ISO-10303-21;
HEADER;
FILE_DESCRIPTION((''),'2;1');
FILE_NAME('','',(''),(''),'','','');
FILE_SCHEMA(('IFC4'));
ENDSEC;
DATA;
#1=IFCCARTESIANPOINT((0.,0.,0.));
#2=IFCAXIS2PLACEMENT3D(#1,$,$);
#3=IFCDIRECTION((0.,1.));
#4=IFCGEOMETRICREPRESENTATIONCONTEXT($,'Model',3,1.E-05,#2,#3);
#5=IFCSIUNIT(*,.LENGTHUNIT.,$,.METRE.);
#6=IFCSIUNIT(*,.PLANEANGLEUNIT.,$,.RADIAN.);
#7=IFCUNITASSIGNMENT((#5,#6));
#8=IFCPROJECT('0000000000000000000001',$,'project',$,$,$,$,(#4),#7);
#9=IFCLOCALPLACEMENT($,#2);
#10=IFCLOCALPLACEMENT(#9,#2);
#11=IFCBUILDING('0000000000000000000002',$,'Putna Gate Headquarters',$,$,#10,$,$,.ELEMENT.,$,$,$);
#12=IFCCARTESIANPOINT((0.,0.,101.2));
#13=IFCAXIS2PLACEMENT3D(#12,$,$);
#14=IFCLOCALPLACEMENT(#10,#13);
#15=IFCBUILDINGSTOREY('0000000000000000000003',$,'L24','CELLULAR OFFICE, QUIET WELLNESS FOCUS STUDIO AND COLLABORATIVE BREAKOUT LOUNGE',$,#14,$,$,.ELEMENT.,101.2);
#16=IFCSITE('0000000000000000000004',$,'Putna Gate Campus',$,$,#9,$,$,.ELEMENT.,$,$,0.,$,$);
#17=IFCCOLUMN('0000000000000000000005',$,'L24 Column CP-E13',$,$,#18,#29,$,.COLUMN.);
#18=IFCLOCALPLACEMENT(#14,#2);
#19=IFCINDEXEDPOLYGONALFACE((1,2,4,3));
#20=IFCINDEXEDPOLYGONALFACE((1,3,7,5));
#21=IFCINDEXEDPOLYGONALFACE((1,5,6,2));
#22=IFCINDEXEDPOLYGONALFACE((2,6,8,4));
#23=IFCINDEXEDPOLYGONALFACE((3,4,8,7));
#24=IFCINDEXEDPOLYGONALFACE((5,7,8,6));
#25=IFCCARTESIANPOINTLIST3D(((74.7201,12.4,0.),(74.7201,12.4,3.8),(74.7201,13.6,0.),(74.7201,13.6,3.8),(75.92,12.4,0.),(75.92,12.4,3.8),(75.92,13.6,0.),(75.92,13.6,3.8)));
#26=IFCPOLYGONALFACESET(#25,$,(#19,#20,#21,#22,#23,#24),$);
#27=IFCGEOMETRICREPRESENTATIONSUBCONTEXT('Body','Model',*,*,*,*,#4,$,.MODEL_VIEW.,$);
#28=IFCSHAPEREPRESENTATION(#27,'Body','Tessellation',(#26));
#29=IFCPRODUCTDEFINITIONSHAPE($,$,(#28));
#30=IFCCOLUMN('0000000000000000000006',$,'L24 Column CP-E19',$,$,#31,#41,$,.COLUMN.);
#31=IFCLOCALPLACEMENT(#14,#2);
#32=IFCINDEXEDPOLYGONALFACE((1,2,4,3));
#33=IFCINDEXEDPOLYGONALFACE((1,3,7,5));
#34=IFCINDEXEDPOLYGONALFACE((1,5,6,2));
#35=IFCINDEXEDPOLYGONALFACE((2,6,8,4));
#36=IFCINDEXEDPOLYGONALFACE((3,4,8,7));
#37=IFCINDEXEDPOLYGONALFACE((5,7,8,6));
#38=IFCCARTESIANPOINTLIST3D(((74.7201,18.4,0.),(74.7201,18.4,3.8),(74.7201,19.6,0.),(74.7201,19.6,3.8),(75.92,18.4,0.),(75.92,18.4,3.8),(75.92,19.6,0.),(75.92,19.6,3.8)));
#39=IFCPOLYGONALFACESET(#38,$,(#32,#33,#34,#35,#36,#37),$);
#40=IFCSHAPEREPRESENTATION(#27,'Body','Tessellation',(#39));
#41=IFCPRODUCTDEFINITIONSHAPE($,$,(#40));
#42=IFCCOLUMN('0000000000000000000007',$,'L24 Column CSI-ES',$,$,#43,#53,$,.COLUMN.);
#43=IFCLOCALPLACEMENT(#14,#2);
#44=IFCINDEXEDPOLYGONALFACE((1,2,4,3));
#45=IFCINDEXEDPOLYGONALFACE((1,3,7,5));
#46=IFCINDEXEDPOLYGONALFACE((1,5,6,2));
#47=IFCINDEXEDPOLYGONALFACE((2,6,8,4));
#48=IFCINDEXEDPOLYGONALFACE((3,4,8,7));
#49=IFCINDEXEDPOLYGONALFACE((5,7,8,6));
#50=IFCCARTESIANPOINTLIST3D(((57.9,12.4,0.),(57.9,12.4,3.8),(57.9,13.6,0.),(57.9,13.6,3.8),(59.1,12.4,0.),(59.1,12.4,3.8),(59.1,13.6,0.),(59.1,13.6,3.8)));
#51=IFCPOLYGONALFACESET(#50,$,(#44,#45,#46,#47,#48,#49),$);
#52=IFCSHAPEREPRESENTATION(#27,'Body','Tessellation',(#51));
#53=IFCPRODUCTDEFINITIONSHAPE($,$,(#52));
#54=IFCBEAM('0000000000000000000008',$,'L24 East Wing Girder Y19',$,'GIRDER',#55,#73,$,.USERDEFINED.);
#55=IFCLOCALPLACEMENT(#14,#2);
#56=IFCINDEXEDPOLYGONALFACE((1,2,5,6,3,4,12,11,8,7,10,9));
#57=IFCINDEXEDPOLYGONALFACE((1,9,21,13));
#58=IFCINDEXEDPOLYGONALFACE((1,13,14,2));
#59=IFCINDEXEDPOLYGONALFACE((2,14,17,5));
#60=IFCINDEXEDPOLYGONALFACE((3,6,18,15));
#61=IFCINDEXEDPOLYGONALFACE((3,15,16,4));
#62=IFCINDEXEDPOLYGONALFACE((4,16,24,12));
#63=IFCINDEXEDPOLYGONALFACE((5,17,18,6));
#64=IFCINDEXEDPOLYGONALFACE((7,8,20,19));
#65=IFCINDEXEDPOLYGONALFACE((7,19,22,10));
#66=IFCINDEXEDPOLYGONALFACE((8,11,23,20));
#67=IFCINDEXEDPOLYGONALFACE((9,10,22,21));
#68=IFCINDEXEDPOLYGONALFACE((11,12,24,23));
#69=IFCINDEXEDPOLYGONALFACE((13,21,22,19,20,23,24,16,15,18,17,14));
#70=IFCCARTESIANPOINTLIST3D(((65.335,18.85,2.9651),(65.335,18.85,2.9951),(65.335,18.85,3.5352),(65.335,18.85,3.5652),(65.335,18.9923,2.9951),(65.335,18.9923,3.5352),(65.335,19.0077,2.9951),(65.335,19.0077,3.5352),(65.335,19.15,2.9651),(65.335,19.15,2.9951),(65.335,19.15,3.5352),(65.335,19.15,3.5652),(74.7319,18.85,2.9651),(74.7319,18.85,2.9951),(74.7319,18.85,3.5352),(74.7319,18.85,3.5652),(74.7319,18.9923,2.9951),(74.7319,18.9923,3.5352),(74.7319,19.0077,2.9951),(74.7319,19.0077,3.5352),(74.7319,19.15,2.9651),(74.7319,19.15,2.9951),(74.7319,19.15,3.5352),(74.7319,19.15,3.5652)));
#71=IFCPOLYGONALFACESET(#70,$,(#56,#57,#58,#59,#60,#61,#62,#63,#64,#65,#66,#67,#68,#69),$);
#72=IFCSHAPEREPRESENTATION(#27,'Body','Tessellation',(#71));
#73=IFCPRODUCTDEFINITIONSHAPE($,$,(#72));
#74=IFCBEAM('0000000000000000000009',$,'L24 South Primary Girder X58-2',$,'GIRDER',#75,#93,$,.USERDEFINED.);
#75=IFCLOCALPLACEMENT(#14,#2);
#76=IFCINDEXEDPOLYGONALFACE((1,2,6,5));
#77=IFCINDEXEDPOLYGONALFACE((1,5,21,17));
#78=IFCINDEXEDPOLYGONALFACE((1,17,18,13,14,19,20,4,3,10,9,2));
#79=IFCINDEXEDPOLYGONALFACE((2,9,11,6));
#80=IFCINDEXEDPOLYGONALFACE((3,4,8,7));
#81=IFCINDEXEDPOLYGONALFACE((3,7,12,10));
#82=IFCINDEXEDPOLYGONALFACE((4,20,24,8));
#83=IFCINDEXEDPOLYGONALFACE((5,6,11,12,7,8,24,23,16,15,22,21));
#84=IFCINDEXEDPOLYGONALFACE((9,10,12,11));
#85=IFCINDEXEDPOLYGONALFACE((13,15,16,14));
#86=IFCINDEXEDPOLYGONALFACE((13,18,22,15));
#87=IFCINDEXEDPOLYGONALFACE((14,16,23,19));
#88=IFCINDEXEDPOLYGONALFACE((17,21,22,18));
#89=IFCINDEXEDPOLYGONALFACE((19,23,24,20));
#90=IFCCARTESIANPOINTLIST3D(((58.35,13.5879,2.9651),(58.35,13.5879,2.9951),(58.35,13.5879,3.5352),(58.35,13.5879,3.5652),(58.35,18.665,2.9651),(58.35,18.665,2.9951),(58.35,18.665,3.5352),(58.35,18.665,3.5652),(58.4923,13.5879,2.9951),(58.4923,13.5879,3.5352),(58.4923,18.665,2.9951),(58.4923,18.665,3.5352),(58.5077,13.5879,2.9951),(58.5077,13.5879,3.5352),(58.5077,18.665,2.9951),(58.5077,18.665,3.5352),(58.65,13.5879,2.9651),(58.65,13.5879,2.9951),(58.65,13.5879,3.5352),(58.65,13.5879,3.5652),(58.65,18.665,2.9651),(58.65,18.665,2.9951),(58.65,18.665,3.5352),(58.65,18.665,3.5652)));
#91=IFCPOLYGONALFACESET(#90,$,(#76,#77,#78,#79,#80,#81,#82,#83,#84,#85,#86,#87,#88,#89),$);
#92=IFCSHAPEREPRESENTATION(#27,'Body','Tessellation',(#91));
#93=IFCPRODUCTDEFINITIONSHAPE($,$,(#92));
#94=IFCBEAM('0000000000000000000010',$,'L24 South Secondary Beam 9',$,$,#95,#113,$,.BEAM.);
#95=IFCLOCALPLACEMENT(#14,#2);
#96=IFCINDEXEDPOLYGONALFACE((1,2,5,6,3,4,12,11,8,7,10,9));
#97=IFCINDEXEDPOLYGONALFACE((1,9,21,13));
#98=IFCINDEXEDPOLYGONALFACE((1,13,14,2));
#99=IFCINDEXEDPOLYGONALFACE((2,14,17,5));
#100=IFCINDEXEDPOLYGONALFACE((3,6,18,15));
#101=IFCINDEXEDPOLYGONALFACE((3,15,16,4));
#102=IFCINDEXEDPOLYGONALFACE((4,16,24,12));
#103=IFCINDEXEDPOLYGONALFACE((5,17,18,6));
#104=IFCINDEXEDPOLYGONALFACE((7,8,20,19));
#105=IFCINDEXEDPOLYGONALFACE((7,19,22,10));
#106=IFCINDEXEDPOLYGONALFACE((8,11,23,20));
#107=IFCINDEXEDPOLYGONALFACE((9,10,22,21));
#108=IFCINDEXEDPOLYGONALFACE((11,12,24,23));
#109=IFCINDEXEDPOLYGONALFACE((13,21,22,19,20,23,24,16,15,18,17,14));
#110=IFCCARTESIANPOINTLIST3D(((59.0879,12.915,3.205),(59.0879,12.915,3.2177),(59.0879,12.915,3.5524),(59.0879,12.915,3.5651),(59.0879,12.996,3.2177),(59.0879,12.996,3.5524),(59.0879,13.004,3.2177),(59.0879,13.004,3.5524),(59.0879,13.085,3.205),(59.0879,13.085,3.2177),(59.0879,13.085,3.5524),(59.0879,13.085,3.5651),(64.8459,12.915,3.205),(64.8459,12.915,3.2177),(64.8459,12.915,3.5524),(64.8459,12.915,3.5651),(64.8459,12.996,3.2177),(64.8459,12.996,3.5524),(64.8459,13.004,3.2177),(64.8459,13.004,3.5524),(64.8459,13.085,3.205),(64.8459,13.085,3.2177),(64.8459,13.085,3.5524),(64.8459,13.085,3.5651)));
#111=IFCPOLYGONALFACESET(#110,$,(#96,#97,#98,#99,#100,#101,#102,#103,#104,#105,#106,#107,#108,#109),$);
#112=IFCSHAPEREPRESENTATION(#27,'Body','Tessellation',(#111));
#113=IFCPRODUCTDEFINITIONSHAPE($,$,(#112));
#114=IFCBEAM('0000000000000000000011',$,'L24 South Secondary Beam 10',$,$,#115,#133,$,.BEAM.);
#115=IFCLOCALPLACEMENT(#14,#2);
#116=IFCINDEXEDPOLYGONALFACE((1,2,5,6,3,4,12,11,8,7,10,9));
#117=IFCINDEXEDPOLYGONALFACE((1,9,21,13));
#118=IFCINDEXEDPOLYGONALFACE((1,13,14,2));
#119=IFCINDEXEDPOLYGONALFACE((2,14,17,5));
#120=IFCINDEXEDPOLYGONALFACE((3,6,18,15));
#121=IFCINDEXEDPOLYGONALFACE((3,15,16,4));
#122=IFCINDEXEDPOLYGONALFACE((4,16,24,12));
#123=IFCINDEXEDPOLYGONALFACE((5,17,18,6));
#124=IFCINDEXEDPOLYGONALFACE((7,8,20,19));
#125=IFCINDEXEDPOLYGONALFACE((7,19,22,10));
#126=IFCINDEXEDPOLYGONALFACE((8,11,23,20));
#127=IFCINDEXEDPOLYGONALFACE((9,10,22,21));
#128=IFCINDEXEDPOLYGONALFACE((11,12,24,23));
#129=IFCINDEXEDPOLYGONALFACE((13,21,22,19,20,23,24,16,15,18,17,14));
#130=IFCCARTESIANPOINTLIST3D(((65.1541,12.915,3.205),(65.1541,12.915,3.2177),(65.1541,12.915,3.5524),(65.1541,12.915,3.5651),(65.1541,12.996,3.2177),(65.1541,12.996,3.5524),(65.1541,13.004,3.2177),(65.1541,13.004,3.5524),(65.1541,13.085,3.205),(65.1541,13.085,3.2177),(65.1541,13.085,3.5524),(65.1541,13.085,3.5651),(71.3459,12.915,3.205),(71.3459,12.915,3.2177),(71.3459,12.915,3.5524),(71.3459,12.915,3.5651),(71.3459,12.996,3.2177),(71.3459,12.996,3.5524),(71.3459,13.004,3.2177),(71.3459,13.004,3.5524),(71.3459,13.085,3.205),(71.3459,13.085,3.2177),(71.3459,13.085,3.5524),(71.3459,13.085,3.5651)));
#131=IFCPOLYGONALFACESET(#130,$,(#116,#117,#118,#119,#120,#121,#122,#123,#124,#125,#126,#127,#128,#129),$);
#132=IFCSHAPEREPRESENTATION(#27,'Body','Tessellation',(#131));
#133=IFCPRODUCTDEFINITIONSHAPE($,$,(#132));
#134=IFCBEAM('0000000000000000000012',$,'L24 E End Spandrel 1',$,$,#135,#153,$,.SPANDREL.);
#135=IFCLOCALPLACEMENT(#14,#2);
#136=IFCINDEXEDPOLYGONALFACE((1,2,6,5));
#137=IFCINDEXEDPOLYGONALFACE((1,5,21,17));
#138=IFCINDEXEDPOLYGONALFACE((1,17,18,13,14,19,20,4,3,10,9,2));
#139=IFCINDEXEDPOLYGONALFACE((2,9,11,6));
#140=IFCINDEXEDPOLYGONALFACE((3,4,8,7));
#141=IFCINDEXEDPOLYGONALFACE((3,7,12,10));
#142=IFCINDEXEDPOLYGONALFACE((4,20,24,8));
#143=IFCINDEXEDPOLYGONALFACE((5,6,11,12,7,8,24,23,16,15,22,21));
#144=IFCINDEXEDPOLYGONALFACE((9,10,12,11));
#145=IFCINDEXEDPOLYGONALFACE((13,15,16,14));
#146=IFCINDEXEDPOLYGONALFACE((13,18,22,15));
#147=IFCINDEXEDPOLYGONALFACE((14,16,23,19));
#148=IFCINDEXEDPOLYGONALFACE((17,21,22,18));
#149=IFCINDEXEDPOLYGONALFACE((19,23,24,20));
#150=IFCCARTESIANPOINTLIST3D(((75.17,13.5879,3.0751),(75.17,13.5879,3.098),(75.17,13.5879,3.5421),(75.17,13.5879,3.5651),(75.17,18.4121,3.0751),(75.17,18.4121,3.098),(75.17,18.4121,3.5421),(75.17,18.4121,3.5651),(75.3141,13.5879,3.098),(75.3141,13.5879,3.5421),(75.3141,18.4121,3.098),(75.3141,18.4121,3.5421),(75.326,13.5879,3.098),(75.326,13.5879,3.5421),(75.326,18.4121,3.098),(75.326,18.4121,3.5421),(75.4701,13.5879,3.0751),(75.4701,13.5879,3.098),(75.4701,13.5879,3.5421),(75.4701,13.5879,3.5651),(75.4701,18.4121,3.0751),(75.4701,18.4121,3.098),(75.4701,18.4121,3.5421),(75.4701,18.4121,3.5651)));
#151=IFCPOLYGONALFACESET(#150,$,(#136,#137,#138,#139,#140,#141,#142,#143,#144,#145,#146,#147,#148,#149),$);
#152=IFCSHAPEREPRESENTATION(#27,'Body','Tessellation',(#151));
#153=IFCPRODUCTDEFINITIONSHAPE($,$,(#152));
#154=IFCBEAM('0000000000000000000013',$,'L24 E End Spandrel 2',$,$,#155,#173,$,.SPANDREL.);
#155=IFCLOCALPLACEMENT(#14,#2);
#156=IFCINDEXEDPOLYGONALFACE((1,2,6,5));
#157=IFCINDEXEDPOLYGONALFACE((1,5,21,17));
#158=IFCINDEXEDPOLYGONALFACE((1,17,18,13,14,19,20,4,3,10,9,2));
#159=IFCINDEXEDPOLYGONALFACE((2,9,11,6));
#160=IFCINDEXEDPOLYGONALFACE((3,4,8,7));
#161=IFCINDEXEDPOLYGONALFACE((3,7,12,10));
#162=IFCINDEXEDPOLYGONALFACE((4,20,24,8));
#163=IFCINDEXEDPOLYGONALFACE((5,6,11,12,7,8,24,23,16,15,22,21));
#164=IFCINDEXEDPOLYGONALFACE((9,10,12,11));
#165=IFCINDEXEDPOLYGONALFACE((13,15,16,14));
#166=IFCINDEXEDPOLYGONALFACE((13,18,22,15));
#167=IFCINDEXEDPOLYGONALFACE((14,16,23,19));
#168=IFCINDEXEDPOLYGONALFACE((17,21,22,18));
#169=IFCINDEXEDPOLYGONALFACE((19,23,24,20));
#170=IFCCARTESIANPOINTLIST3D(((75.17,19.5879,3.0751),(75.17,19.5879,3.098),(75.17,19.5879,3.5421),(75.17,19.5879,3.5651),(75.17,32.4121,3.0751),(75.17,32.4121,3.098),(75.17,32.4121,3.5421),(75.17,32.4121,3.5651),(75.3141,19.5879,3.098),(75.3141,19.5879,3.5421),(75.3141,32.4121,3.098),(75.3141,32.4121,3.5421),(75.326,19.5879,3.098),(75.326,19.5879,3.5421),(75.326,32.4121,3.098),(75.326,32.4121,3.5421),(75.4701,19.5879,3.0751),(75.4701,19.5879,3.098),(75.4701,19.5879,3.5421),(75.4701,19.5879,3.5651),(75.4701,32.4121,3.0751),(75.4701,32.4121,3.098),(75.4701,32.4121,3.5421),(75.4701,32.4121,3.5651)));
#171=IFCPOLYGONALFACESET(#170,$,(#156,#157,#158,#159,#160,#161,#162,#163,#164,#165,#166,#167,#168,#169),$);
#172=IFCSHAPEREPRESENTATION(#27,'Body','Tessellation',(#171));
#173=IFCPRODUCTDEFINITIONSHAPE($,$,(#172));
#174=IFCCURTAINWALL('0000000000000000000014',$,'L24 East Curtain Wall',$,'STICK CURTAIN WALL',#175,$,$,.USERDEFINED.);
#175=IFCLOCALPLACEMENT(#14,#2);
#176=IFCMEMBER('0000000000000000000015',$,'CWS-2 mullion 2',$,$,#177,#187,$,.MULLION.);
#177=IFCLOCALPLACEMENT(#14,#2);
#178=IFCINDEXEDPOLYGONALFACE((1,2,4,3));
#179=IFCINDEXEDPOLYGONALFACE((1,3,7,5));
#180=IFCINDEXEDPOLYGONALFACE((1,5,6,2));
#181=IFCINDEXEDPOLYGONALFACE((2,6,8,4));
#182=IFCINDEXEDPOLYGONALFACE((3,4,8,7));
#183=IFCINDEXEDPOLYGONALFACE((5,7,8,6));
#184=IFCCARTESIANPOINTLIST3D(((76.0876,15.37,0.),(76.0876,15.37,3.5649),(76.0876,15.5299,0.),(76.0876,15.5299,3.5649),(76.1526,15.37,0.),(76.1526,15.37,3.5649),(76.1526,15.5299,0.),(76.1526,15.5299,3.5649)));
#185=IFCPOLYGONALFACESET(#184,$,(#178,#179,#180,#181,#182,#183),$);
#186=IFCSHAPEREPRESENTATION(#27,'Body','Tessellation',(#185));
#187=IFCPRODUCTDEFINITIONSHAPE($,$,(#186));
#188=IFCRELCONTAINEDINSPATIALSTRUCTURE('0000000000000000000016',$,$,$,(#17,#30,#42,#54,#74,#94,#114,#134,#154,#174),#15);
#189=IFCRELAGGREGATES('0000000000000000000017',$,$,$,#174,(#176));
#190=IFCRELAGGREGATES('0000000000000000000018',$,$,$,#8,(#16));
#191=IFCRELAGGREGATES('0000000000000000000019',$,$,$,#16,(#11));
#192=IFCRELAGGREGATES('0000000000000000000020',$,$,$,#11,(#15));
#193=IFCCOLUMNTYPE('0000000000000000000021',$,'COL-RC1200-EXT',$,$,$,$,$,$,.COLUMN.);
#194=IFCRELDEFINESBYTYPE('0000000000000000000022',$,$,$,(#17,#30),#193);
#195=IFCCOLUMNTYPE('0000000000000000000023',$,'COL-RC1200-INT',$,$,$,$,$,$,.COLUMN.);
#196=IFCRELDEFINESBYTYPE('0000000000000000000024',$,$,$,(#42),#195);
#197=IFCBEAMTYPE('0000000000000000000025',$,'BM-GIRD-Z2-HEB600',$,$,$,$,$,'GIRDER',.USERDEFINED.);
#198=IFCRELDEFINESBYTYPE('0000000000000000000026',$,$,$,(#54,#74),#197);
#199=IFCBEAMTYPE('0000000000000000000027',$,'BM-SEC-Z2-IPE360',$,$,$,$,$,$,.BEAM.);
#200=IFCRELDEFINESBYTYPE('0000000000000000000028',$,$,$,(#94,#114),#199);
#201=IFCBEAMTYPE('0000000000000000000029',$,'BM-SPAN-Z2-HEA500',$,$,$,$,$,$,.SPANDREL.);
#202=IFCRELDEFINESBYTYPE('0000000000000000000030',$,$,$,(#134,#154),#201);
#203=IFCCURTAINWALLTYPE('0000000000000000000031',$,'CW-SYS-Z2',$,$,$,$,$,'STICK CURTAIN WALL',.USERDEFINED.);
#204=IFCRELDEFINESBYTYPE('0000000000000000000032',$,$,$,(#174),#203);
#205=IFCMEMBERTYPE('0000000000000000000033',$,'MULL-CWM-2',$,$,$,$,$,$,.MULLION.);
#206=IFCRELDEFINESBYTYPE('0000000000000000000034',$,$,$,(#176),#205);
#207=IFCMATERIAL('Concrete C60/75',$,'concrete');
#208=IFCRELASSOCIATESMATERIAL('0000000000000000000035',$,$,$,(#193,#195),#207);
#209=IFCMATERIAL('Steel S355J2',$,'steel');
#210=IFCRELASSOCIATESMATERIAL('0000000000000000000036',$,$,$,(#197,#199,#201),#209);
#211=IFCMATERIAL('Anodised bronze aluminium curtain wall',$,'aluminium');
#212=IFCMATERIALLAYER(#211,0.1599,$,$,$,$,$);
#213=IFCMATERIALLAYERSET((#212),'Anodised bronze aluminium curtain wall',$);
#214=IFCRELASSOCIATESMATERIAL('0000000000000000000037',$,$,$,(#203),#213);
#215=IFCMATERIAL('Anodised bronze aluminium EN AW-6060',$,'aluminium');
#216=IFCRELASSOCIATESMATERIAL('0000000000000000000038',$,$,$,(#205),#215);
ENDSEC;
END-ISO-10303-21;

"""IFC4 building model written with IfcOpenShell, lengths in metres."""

from ifc_helpers import new_model, si_unit, direction, frame, origin, origin_2d, place, context, subcontext, project, spatial, rectangle, i_section, extrude, material, layer, layer_set, material_profile, profile_set, type_object, element, aggregate, save


model = new_model("IFC4")

# Units and contexts
model_context = context("Model", 3, precision=1e-05, world=origin(), true_north=direction((0.0, 1.0)))
body_context = subcontext(model_context, "Body", "Model", "MODEL_VIEW")
ifc_project = project(units=[si_unit("LENGTHUNIT", "METRE"), si_unit("PLANEANGLEUNIT", "RADIAN")], contexts=[model_context])

# Site, building, storey
site_placement = place(None, origin())
site = spatial("IfcSite", under=ifc_project, at=site_placement, Name="Putna Gate Campus", CompositionType="ELEMENT", RefElevation=0.0)
building_placement = place(site_placement, origin())
building = spatial("IfcBuilding", under=site, at=building_placement, Name="Putna Gate Headquarters", CompositionType="ELEMENT")
storey_placement = place(building_placement, frame((0.0, 0.0, 101.2)))
storey = spatial("IfcBuildingStorey", under=building, at=storey_placement, Name="L24", Description="CELLULAR OFFICE, QUIET WELLNESS FOCUS STUDIO AND COLLABORATIVE BREAKOUT LOUNGE", CompositionType="ELEMENT", Elevation=101.2)

# Columns
ifc_material_1 = material(Name="Concrete C60/75", Category="concrete")
ifc_material_profile_1 = material_profile(ifc_material_1, rectangle(XDim=1.2, YDim=1.2, at=origin_2d()), Name="Concrete C60/75")
ifc_profile_set_1 = profile_set([ifc_material_profile_1], Name="Concrete C60/75")
column_type_1 = type_object("IfcColumnType", Name="COL-RC1200-EXT", PredefinedType="COLUMN", material=ifc_profile_set_1)
for number, where, z_axis, x_axis, name in (
    (1, (75.3201, 13.0, 0.0), (0.0, 0.0, 1.0), (1.0, 0.0, 0.0), "L24 Column CP-E13"),
    (2, (75.3201, 19.0, 0.0), (0.0, 0.0, 1.0), (1.0, 0.0, 0.0), "L24 Column CP-E19"),
):
    element("IfcColumn", number, at=place(storey_placement, frame(where, z_axis=z_axis, x_axis=x_axis)), inside=storey, type_object=column_type_1, Name=name, PredefinedType="COLUMN", context=body_context, shape_type="SweptSolid", body=[
        extrude(rectangle(XDim=1.2, YDim=1.2, at=origin_2d()), origin(), (0.0, 0.0, 1.0), 3.8),
    ])
ifc_material_profile_2 = material_profile(ifc_material_1, rectangle(XDim=1.2, YDim=1.2, at=origin_2d()), Name="Concrete C60/75")
ifc_profile_set_2 = profile_set([ifc_material_profile_2], Name="Concrete C60/75")
column_type_2 = type_object("IfcColumnType", Name="COL-RC1200-INT", PredefinedType="COLUMN", material=ifc_profile_set_2)
column_placement = place(storey_placement, frame((58.5, 13.0, 0.0), z_axis=(0.0, 0.0, 1.0), x_axis=(1.0, 0.0, 0.0)))
element("IfcColumn", 3, at=column_placement, inside=storey, type_object=column_type_2, Name="L24 Column CSI-ES", PredefinedType="COLUMN", context=body_context, shape_type="SweptSolid", body=[
    extrude(rectangle(XDim=1.2, YDim=1.2, at=origin_2d()), origin(), (0.0, 0.0, 1.0), 3.8),
])

# Beams
ifc_material_2 = material(Name="Steel S355J2", Category="steel")
ifc_material_profile_3 = material_profile(ifc_material_2, i_section(OverallWidth=0.3, OverallDepth=0.6001, WebThickness=0.0154, FlangeThickness=0.03, at=origin_2d()), Name="Steel S355J2")
ifc_profile_set_3 = profile_set([ifc_material_profile_3], Name="Steel S355J2")
beam_type_1 = type_object("IfcBeamType", Name="BM-GIRD-Z2-HEB600", ElementType="GIRDER", PredefinedType="USERDEFINED", material=ifc_profile_set_3)
beam_1_placement = place(storey_placement, frame((65.335, 19.0, 3.2651), z_axis=(1.0, 0.0, 0.0), x_axis=(0.0, 1.0, 0.0)))
element("IfcBeam", 4, at=beam_1_placement, inside=storey, type_object=beam_type_1, Name="L24 East Wing Girder Y19", ObjectType="GIRDER", PredefinedType="USERDEFINED", context=body_context, shape_type="SweptSolid", body=[
    extrude(i_section(OverallWidth=0.3, OverallDepth=0.6001, WebThickness=0.0154, FlangeThickness=0.03, at=origin_2d()), origin(), (0.0, 0.0, 1.0), 9.397),
])
beam_2_placement = place(storey_placement, frame((58.5, 13.5879, 3.2651), z_axis=(0.0, 1.0, 0.0), x_axis=(-1.0, 0.0, 0.0)))
element("IfcBeam", 5, at=beam_2_placement, inside=storey, type_object=beam_type_1, Name="L24 South Primary Girder X58-2", ObjectType="GIRDER", PredefinedType="USERDEFINED", context=body_context, shape_type="SweptSolid", body=[
    extrude(i_section(OverallWidth=0.3, OverallDepth=0.6001, WebThickness=0.0154, FlangeThickness=0.03, at=origin_2d()), origin(), (0.0, 0.0, 1.0), 5.0771),
])
ifc_material_profile_4 = material_profile(ifc_material_2, i_section(OverallWidth=0.1699, OverallDepth=0.3601, WebThickness=0.0081, FlangeThickness=0.0127, at=origin_2d()), Name="Steel S355J2")
ifc_profile_set_4 = profile_set([ifc_material_profile_4], Name="Steel S355J2")
beam_type_2 = type_object("IfcBeamType", Name="BM-SEC-Z2-IPE360", PredefinedType="BEAM", material=ifc_profile_set_4)
beam_3_placement = place(storey_placement, frame((59.0879, 13.0, 3.385), z_axis=(1.0, 0.0, 0.0), x_axis=(0.0, 1.0, 0.0)))
element("IfcBeam", 6, at=beam_3_placement, inside=storey, type_object=beam_type_2, Name="L24 South Secondary Beam 9", PredefinedType="BEAM", context=body_context, shape_type="SweptSolid", body=[
    extrude(i_section(OverallWidth=0.1699, OverallDepth=0.3601, WebThickness=0.0081, FlangeThickness=0.0127, at=origin_2d()), origin(), (0.0, 0.0, 1.0), 5.7581),
])
beam_4_placement = place(storey_placement, frame((65.1541, 13.0, 3.385), z_axis=(1.0, 0.0, 0.0), x_axis=(0.0, 1.0, 0.0)))
element("IfcBeam", 7, at=beam_4_placement, inside=storey, type_object=beam_type_2, Name="L24 South Secondary Beam 10", PredefinedType="BEAM", context=body_context, shape_type="SweptSolid", body=[
    extrude(i_section(OverallWidth=0.1699, OverallDepth=0.3601, WebThickness=0.0081, FlangeThickness=0.0127, at=origin_2d()), origin(), (0.0, 0.0, 1.0), 6.1919),
])
ifc_material_profile_5 = material_profile(ifc_material_2, i_section(OverallWidth=0.3, OverallDepth=0.49, WebThickness=0.012, FlangeThickness=0.0229, at=origin_2d()), Name="Steel S355J2")
ifc_profile_set_5 = profile_set([ifc_material_profile_5], Name="Steel S355J2")
beam_type_3 = type_object("IfcBeamType", Name="BM-SPAN-Z2-HEA500", PredefinedType="SPANDREL", material=ifc_profile_set_5)
beam_5_placement = place(storey_placement, frame((75.3201, 13.5879, 3.3201), z_axis=(0.0, 1.0, 0.0), x_axis=(-1.0, 0.0, 0.0)))
element("IfcBeam", 8, at=beam_5_placement, inside=storey, type_object=beam_type_3, Name="L24 E End Spandrel 1", PredefinedType="SPANDREL", context=body_context, shape_type="SweptSolid", body=[
    extrude(i_section(OverallWidth=0.3, OverallDepth=0.49, WebThickness=0.012, FlangeThickness=0.0229, at=origin_2d()), origin(), (0.0, 0.0, 1.0), 4.8242),
])
beam_6_placement = place(storey_placement, frame((75.3201, 19.5879, 3.3201), z_axis=(0.0, 1.0, 0.0), x_axis=(-1.0, 0.0, 0.0)))
element("IfcBeam", 9, at=beam_6_placement, inside=storey, type_object=beam_type_3, Name="L24 E End Spandrel 2", PredefinedType="SPANDREL", context=body_context, shape_type="SweptSolid", body=[
    extrude(i_section(OverallWidth=0.3, OverallDepth=0.49, WebThickness=0.012, FlangeThickness=0.0229, at=origin_2d()), origin(), (0.0, 0.0, 1.0), 12.8242),
])

# Curtain wall, member
ifc_material_3 = material(Name="Anodised bronze aluminium curtain wall", Category="aluminium")
ifc_layer_1 = layer(ifc_material_3, 0.1599)
ifc_layer_set_1 = layer_set([ifc_layer_1], Name="Anodised bronze aluminium curtain wall")
curtain_wall_type = type_object("IfcCurtainWallType", Name="CW-SYS-Z2", ElementType="STICK CURTAIN WALL", PredefinedType="USERDEFINED", material=ifc_layer_set_1)
curtain_wall_placement = place(storey_placement, origin())
curtain_wall = element("IfcCurtainWall", 10, at=curtain_wall_placement, inside=storey, type_object=curtain_wall_type, Name="L24 East Curtain Wall", ObjectType="STICK CURTAIN WALL", PredefinedType="USERDEFINED")
ifc_material_4 = material(Name="Anodised bronze aluminium EN AW-6060", Category="aluminium")
ifc_material_profile_6 = material_profile(ifc_material_4, rectangle(XDim=0.0649, YDim=0.1599, at=origin_2d()), Name="Anodised bronze aluminium EN AW-6060")
ifc_profile_set_6 = profile_set([ifc_material_profile_6], Name="Anodised bronze aluminium EN AW-6060")
member_type_1 = type_object("IfcMemberType", Name="MULL-CWM-2", PredefinedType="MULLION", material=ifc_profile_set_6)
member_1_placement = place(storey_placement, frame((76.1201, 15.45, 0.0), z_axis=(0.0, 0.0, 1.0), x_axis=(-1.0, 0.0, 0.0)))
member_1 = element("IfcMember", 11, at=member_1_placement, type_object=member_type_1, Name="CWS-2 mullion 2", PredefinedType="MULLION", context=body_context, shape_type="SweptSolid", body=[
    extrude(rectangle(XDim=0.0649, YDim=0.1599, at=origin_2d()), origin(), (0.0, 0.0, 1.0), 3.5649),
])
aggregate(curtain_wall, [member_1])

save(model, "model.ifc")
